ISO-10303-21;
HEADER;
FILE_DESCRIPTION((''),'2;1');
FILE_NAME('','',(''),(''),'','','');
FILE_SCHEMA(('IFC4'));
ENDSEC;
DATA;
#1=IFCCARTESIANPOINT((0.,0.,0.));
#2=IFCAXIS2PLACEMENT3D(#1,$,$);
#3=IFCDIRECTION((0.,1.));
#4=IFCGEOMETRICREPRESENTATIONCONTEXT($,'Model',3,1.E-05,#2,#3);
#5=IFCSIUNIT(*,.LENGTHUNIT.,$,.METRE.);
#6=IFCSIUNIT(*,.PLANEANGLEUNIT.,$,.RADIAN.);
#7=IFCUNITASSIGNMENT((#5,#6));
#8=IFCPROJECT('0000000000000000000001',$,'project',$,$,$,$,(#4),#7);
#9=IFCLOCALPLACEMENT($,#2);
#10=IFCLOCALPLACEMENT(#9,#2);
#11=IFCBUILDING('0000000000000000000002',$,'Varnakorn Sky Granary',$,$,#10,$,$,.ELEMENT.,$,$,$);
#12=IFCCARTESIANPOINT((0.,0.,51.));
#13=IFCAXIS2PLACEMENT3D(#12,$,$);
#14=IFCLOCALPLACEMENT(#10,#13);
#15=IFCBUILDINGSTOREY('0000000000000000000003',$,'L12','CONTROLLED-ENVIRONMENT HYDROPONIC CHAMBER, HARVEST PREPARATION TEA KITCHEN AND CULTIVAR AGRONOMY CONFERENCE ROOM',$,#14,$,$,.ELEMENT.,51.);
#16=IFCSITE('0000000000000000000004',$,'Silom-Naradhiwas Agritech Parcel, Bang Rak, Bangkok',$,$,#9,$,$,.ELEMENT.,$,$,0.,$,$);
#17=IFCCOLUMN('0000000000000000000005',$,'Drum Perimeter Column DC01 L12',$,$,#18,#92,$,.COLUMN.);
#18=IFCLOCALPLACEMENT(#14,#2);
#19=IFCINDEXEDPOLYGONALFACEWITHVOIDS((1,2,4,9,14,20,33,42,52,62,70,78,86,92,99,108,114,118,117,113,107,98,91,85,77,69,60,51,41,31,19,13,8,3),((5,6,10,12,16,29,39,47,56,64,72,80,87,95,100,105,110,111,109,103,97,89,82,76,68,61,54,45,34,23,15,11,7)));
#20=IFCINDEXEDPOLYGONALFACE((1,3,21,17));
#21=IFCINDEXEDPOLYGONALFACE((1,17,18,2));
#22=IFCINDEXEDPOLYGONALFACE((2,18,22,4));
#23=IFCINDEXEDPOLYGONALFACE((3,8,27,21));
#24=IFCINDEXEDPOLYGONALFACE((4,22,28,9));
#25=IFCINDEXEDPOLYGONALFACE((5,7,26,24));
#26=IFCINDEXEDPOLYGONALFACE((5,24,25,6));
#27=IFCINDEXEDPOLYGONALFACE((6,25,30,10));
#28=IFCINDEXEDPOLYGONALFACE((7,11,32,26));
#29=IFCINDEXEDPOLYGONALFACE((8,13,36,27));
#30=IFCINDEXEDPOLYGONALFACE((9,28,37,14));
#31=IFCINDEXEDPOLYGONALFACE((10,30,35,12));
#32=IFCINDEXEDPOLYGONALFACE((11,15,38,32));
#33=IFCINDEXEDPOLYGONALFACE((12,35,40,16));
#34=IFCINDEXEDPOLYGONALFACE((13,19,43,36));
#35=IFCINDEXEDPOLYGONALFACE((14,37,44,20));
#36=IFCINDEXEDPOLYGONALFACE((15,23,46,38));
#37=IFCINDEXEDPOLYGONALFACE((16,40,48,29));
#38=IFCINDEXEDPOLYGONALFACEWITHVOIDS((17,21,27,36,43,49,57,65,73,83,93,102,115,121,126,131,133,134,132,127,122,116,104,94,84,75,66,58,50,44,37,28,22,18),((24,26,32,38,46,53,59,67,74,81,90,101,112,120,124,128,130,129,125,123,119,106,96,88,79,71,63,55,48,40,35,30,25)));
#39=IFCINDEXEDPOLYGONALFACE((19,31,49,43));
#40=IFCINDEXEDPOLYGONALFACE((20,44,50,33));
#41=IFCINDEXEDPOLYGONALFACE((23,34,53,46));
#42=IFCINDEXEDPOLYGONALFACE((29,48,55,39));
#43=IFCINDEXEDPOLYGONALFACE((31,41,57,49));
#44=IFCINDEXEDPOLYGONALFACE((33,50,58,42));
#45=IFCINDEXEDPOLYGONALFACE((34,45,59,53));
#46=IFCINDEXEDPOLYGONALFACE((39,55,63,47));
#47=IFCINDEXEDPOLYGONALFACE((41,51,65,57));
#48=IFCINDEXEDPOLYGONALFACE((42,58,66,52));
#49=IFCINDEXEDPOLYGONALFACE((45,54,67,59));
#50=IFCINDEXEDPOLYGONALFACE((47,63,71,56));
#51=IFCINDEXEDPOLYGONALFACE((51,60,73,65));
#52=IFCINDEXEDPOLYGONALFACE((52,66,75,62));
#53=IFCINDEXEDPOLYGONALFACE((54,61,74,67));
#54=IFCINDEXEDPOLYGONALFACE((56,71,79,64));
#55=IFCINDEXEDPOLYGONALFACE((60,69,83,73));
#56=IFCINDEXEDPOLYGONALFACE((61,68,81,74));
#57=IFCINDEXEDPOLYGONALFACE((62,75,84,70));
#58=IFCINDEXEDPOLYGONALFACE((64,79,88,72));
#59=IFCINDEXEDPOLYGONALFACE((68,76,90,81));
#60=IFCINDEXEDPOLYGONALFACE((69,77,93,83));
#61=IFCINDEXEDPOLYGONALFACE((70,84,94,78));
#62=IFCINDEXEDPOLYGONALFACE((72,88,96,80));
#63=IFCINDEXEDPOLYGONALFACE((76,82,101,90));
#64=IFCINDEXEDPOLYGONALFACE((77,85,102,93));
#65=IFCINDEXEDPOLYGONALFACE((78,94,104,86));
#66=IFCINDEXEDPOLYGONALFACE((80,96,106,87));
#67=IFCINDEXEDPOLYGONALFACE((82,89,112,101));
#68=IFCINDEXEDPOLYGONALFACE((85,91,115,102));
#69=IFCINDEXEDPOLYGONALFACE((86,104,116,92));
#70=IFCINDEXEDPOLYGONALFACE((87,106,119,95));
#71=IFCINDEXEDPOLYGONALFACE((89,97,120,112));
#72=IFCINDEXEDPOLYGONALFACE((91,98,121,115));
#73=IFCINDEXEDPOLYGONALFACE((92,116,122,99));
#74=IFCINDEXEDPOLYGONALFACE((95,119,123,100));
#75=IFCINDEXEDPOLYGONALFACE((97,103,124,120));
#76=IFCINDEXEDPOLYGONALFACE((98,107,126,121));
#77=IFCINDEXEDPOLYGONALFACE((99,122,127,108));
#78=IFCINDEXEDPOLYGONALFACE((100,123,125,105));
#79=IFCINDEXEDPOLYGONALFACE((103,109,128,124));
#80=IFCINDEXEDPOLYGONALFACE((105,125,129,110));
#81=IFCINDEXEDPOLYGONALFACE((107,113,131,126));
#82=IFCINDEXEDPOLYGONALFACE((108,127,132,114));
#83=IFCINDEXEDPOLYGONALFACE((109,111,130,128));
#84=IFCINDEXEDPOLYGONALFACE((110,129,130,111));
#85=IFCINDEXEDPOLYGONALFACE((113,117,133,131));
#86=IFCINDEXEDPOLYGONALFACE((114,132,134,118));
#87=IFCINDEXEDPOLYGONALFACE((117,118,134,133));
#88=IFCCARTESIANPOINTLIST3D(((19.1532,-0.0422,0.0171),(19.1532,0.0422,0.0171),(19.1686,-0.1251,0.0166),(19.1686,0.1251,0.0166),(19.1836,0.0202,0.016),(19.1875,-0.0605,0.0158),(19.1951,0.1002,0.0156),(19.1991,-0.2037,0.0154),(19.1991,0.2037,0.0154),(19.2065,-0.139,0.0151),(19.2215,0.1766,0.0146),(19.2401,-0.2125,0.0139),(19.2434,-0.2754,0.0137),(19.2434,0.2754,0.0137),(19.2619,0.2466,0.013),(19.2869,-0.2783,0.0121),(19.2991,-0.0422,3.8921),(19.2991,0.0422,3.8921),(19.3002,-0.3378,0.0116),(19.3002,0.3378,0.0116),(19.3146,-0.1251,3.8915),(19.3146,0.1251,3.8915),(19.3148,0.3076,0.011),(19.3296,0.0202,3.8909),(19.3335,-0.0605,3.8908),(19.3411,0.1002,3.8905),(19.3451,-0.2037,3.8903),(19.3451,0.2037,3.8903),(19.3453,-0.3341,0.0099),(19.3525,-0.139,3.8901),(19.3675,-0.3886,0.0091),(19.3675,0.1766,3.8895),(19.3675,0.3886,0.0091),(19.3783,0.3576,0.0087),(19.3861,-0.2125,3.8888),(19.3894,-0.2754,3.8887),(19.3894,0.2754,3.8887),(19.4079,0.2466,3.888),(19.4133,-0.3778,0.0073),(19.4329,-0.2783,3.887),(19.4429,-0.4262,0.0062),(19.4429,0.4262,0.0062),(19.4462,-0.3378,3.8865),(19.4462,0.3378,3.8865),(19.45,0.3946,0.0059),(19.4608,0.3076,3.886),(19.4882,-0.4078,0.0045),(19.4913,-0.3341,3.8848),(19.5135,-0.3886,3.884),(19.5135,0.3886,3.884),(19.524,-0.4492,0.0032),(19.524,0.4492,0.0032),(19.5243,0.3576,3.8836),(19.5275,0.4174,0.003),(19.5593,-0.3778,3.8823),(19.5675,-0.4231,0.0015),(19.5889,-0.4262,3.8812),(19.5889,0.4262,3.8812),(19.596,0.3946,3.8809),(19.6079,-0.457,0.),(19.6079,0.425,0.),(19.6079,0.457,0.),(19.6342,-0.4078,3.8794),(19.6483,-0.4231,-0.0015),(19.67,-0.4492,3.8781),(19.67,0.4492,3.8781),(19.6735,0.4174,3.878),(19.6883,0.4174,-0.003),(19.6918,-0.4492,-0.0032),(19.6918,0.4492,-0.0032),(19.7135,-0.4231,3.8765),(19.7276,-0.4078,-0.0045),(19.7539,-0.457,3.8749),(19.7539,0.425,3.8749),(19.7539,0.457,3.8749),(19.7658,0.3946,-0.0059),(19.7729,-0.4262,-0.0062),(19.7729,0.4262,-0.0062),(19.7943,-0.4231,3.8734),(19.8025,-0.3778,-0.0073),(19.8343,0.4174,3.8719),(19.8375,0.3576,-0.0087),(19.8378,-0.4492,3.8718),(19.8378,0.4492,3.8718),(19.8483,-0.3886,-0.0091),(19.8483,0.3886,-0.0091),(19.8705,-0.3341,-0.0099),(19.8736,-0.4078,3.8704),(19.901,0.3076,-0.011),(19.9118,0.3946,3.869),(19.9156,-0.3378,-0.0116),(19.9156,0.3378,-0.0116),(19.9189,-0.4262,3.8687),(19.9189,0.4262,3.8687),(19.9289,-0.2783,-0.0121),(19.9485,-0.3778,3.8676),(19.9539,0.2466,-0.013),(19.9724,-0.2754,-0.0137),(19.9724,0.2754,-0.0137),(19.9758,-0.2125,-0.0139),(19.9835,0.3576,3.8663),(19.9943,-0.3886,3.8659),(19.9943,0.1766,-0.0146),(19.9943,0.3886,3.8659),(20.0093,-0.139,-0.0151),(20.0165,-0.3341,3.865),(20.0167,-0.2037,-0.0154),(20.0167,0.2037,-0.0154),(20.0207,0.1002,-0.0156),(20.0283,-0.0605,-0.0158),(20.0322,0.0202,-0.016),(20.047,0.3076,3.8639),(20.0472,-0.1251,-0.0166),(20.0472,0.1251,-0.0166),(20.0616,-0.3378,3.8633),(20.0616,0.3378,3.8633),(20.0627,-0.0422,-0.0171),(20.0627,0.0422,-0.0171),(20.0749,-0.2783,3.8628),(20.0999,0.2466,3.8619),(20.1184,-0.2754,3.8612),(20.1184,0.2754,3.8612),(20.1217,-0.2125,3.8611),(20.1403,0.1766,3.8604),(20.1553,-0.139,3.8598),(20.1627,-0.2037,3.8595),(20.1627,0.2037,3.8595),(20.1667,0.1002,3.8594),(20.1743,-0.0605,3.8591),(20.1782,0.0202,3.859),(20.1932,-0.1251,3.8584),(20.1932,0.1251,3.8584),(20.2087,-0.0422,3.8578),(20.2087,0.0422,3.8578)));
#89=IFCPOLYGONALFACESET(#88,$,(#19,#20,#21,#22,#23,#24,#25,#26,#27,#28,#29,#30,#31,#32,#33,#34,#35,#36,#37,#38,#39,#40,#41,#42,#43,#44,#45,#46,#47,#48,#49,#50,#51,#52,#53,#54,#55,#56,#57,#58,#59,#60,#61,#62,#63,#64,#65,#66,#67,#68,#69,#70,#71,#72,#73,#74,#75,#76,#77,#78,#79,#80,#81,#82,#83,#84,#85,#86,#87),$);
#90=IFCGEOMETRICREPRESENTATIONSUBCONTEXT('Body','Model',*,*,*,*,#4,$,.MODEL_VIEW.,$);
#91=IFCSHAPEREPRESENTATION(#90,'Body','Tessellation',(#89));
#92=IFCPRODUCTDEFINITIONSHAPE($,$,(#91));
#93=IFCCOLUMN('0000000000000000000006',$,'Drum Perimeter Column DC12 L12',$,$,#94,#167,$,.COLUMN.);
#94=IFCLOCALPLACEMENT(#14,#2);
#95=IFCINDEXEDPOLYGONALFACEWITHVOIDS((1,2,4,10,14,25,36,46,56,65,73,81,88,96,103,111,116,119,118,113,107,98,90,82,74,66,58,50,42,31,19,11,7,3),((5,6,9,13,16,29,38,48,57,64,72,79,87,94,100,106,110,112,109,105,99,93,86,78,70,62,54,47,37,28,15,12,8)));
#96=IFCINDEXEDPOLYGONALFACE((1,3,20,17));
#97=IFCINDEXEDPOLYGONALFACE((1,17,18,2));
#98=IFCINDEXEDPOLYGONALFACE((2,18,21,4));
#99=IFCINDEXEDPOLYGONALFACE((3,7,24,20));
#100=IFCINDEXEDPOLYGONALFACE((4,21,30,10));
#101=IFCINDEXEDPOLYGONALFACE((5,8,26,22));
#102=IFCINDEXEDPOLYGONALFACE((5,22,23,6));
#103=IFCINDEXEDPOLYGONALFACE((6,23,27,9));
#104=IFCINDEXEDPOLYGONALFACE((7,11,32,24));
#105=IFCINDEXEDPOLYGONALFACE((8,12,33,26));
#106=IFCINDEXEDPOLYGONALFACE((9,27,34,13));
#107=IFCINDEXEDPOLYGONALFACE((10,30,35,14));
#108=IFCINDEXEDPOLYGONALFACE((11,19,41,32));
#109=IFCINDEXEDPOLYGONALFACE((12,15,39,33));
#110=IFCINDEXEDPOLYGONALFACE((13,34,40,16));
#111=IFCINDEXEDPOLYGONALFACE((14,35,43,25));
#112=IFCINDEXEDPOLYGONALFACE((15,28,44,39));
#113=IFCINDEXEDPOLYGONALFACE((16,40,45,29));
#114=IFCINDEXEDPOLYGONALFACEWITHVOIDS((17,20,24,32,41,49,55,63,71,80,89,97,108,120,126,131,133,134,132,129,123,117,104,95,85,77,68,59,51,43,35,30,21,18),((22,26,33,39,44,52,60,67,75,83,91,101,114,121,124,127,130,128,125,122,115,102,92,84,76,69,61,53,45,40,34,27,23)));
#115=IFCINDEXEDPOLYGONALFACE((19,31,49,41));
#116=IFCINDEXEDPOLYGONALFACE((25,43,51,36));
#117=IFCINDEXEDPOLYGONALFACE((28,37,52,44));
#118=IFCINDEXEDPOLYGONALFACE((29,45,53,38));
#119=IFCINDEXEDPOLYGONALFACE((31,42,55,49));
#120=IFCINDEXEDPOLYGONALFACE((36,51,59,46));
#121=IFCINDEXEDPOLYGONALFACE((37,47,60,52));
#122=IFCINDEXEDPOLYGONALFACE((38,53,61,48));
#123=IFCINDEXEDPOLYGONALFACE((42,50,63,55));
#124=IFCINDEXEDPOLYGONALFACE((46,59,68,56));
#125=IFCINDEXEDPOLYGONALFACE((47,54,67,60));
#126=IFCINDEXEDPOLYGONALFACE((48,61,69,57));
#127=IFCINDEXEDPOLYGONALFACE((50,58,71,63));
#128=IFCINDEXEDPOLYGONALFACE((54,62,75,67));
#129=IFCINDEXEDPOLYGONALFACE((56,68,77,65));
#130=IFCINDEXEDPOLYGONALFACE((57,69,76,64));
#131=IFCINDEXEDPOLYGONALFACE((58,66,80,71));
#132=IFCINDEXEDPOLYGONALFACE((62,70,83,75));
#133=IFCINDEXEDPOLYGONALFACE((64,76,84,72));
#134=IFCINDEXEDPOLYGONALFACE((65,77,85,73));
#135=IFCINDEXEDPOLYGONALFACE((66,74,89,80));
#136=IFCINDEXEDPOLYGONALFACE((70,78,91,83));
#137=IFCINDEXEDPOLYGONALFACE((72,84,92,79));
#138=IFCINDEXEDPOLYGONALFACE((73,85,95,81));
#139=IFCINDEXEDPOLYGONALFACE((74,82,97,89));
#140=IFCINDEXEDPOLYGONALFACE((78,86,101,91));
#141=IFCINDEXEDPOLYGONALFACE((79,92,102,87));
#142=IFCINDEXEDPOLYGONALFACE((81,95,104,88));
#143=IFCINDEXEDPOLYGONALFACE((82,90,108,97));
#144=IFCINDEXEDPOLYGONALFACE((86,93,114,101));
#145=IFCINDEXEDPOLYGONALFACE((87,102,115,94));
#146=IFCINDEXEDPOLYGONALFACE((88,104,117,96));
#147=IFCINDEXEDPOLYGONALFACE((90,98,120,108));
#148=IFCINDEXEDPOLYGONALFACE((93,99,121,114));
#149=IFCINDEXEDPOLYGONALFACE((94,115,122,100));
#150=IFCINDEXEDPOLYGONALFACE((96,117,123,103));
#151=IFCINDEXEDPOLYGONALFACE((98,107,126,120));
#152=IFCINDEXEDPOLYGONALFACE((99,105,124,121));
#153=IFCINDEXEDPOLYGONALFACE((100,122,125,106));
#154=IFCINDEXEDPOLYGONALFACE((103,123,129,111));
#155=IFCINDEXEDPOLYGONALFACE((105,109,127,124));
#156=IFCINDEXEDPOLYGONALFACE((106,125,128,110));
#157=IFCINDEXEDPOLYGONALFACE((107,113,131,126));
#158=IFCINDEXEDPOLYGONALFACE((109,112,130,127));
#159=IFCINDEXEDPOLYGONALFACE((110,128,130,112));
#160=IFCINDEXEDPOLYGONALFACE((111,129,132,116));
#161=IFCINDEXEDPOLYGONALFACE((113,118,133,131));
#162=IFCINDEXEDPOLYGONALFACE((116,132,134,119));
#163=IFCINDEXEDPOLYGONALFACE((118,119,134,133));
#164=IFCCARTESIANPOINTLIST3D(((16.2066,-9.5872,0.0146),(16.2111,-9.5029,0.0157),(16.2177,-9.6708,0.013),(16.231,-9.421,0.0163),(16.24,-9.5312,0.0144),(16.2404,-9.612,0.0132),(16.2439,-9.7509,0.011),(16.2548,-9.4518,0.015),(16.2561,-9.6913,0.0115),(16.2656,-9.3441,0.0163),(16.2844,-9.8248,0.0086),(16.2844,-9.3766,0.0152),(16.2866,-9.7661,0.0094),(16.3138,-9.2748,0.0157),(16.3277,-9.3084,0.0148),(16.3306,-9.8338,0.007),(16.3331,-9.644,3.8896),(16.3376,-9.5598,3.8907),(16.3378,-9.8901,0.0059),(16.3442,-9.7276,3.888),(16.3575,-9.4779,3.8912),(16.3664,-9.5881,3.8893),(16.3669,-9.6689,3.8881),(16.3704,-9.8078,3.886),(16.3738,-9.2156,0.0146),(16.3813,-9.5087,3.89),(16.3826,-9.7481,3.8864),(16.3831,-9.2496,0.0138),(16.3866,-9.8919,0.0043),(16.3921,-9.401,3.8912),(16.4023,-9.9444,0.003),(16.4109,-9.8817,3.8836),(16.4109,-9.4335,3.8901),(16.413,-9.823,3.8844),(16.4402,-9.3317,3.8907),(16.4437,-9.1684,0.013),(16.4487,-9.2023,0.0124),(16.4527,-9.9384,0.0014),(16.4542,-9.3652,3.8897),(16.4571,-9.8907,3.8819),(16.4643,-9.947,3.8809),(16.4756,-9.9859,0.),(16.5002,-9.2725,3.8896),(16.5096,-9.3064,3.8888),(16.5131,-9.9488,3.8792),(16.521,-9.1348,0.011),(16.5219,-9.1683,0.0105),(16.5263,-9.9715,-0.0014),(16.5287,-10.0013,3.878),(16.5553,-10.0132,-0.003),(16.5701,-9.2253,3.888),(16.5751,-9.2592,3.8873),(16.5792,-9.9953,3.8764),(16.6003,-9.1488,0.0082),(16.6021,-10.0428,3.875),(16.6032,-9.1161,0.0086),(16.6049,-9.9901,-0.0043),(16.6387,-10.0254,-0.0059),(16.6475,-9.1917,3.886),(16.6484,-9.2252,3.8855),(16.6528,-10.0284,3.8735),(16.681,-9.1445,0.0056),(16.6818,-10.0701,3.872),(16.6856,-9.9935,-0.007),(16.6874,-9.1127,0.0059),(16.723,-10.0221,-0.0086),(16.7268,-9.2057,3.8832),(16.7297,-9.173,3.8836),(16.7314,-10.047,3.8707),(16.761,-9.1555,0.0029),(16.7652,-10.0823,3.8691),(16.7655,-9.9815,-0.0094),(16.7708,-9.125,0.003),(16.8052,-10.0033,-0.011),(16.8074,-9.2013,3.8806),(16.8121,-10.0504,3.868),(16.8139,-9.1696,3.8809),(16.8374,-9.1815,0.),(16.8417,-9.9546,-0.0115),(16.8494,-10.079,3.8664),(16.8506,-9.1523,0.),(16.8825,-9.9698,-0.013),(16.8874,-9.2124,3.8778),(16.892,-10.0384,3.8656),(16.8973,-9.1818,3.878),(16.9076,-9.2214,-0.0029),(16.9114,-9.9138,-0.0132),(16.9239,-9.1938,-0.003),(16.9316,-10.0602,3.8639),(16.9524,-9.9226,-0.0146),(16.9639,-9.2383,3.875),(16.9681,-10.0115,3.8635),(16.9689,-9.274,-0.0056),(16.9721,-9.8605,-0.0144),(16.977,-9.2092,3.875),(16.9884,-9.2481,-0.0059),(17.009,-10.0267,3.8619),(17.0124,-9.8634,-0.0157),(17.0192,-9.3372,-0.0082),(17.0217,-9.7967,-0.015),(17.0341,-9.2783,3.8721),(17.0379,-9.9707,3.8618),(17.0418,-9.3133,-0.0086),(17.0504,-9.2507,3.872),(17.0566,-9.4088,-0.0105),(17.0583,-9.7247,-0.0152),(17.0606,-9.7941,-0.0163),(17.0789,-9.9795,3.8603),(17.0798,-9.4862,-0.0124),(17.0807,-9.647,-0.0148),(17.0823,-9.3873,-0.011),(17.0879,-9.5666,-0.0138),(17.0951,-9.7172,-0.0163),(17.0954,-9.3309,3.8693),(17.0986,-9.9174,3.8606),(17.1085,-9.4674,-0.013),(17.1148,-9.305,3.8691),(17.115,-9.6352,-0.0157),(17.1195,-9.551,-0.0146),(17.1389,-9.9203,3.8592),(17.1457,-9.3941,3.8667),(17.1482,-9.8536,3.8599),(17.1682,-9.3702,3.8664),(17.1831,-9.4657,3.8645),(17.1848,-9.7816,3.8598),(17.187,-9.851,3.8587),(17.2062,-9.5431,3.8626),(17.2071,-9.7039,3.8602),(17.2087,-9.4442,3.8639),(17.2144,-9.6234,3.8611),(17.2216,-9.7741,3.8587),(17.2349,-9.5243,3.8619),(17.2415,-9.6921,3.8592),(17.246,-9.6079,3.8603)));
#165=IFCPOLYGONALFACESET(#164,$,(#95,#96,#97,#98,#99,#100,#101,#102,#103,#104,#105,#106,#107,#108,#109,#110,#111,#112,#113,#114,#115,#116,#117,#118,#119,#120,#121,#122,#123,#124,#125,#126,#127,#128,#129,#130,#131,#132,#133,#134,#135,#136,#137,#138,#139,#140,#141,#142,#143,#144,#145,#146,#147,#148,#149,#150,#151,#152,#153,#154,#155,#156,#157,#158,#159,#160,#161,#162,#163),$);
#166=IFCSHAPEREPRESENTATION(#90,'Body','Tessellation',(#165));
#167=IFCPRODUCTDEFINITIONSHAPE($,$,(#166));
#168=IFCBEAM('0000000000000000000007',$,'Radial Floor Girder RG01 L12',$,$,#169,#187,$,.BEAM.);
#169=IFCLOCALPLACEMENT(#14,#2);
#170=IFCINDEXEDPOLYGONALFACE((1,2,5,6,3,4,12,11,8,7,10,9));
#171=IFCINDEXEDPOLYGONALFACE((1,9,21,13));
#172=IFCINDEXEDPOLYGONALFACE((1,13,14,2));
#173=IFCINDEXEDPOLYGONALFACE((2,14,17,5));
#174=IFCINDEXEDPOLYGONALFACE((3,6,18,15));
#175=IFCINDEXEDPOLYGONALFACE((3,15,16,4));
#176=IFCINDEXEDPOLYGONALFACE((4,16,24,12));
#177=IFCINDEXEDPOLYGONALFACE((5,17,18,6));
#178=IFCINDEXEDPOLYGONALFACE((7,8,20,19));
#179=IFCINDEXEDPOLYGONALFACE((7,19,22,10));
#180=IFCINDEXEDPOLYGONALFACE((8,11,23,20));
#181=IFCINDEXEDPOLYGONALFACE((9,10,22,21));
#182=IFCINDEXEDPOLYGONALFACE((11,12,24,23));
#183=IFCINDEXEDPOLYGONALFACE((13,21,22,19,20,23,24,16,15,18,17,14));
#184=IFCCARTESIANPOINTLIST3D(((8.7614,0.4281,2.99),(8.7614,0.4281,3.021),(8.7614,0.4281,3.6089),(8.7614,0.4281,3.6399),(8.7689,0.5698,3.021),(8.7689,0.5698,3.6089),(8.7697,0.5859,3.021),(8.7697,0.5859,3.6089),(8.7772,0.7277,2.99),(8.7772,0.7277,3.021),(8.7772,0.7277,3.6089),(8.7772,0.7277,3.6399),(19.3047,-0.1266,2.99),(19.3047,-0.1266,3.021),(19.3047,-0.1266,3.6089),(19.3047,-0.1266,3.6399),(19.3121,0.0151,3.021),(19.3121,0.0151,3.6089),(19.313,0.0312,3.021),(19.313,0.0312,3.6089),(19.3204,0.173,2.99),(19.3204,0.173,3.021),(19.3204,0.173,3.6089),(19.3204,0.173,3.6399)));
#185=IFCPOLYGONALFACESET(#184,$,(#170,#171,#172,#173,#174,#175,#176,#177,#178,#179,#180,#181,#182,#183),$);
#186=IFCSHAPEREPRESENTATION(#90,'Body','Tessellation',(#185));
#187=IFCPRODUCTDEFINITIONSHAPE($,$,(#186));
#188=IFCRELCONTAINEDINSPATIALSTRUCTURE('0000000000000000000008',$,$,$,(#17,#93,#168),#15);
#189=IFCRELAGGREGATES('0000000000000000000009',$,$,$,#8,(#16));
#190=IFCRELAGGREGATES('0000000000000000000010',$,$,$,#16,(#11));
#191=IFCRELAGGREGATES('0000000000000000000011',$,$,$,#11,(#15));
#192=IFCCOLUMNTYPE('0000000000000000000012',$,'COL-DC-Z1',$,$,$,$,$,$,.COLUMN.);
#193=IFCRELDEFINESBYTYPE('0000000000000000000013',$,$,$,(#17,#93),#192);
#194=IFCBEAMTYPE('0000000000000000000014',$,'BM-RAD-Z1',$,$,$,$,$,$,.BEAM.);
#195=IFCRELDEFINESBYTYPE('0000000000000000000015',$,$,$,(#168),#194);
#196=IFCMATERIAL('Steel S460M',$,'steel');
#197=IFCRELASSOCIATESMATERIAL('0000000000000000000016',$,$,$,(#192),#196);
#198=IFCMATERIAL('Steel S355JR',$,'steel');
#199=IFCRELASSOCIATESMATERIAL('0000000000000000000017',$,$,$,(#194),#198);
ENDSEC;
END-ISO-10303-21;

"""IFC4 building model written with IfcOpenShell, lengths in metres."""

from ifc_helpers import new_model, si_unit, direction, frame, origin, origin_2d, place, context, subcontext, project, spatial, hollow_circle, i_section, extrude, material, material_profile, profile_set, type_object, element, save


model = new_model("IFC4")

# Units and contexts
model_context = context("Model", 3, precision=1e-05, world=origin(), true_north=direction((0.0, 1.0)))
body_context = subcontext(model_context, "Body", "Model", "MODEL_VIEW")
ifc_project = project(units=[si_unit("LENGTHUNIT", "METRE"), si_unit("PLANEANGLEUNIT", "RADIAN")], contexts=[model_context])

# Site, building, storey
site_placement = place(None, origin())
site = spatial("IfcSite", under=ifc_project, at=site_placement, Name="Silom-Naradhiwas Agritech Parcel, Bang Rak, Bangkok", CompositionType="ELEMENT", RefElevation=0.0)
building_placement = place(site_placement, origin())
building = spatial("IfcBuilding", under=site, at=building_placement, Name="Varnakorn Sky Granary", CompositionType="ELEMENT")
storey_placement = place(building_placement, frame((0.0, 0.0, 51.0)))
storey = spatial("IfcBuildingStorey", under=building, at=storey_placement, Name="L12", Description="CONTROLLED-ENVIRONMENT HYDROPONIC CHAMBER, HARVEST PREPARATION TEA KITCHEN AND CULTIVAR AGRONOMY CONFERENCE ROOM", CompositionType="ELEMENT", Elevation=51.0)

# Columns
ifc_material_1 = material(Name="Steel S460M", Category="steel")
ifc_material_profile_1 = material_profile(ifc_material_1, hollow_circle(Radius=0.457, WallThickness=0.032, at=origin_2d()), Name="CHS 914x32")
ifc_profile_set_1 = profile_set([ifc_material_profile_1], Name="Steel S460M")
column_type = type_object("IfcColumnType", Name="COL-DC-Z1", PredefinedType="COLUMN", material=ifc_profile_set_1)
column_1_placement = place(storey_placement, frame((19.6079, 0.0, 0.0), z_axis=(0.03765, 0.0, 0.999291), x_axis=(0.0, 1.0, 0.0)))
element("IfcColumn", 1, at=column_1_placement, inside=storey, type_object=column_type, Name="Drum Perimeter Column DC01 L12", PredefinedType="COLUMN", context=body_context, shape_type="SweptSolid", body=[
    extrude(hollow_circle(Radius=0.457, WallThickness=0.032, at=origin_2d()), origin(), (0.0, 0.0, 1.0), 3.8777),
])
column_2_placement = place(storey_placement, frame((16.6631, -9.5691, 0.0), z_axis=(0.032615, -0.014671, 0.99936), x_axis=(0.410218, 0.911987, 0.0)))
element("IfcColumn", 2, at=column_2_placement, inside=storey, type_object=column_type, Name="Drum Perimeter Column DC12 L12", PredefinedType="COLUMN", context=body_context, shape_type="SweptSolid", body=[
    extrude(hollow_circle(Radius=0.457, WallThickness=0.032, at=origin_2d()), origin(), (0.0, 0.0, 1.0), 3.8774),
])

# Beam
ifc_material_2 = material(Name="Steel S355JR", Category="steel")
ifc_material_profile_2 = material_profile(ifc_material_2, i_section(OverallWidth=0.3, OverallDepth=0.6499, WebThickness=0.0161, FlangeThickness=0.031, at=origin_2d()), Name="HE 650 B")
ifc_profile_set_2 = profile_set([ifc_material_profile_2], Name="Steel S355JR")
beam_type_1 = type_object("IfcBeamType", Name="BM-RAD-Z1", PredefinedType="BEAM", material=ifc_profile_set_2)
beam_1_placement = place(storey_placement, frame((8.7693, 0.5779, 3.3149), z_axis=(0.998619, -0.052538, 0.0), x_axis=(0.052538, 0.998619, 0.0)))
element("IfcBeam", 3, at=beam_1_placement, inside=storey, type_object=beam_type_1, Name="Radial Floor Girder RG01 L12", PredefinedType="BEAM", context=body_context, shape_type="SweptSolid", body=[
    extrude(i_section(OverallWidth=0.3, OverallDepth=0.6499, WebThickness=0.0161, FlangeThickness=0.031, at=origin_2d()), origin(), (0.0, 0.0, 1.0), 10.5579),
])

save(model, "model.ifc")
